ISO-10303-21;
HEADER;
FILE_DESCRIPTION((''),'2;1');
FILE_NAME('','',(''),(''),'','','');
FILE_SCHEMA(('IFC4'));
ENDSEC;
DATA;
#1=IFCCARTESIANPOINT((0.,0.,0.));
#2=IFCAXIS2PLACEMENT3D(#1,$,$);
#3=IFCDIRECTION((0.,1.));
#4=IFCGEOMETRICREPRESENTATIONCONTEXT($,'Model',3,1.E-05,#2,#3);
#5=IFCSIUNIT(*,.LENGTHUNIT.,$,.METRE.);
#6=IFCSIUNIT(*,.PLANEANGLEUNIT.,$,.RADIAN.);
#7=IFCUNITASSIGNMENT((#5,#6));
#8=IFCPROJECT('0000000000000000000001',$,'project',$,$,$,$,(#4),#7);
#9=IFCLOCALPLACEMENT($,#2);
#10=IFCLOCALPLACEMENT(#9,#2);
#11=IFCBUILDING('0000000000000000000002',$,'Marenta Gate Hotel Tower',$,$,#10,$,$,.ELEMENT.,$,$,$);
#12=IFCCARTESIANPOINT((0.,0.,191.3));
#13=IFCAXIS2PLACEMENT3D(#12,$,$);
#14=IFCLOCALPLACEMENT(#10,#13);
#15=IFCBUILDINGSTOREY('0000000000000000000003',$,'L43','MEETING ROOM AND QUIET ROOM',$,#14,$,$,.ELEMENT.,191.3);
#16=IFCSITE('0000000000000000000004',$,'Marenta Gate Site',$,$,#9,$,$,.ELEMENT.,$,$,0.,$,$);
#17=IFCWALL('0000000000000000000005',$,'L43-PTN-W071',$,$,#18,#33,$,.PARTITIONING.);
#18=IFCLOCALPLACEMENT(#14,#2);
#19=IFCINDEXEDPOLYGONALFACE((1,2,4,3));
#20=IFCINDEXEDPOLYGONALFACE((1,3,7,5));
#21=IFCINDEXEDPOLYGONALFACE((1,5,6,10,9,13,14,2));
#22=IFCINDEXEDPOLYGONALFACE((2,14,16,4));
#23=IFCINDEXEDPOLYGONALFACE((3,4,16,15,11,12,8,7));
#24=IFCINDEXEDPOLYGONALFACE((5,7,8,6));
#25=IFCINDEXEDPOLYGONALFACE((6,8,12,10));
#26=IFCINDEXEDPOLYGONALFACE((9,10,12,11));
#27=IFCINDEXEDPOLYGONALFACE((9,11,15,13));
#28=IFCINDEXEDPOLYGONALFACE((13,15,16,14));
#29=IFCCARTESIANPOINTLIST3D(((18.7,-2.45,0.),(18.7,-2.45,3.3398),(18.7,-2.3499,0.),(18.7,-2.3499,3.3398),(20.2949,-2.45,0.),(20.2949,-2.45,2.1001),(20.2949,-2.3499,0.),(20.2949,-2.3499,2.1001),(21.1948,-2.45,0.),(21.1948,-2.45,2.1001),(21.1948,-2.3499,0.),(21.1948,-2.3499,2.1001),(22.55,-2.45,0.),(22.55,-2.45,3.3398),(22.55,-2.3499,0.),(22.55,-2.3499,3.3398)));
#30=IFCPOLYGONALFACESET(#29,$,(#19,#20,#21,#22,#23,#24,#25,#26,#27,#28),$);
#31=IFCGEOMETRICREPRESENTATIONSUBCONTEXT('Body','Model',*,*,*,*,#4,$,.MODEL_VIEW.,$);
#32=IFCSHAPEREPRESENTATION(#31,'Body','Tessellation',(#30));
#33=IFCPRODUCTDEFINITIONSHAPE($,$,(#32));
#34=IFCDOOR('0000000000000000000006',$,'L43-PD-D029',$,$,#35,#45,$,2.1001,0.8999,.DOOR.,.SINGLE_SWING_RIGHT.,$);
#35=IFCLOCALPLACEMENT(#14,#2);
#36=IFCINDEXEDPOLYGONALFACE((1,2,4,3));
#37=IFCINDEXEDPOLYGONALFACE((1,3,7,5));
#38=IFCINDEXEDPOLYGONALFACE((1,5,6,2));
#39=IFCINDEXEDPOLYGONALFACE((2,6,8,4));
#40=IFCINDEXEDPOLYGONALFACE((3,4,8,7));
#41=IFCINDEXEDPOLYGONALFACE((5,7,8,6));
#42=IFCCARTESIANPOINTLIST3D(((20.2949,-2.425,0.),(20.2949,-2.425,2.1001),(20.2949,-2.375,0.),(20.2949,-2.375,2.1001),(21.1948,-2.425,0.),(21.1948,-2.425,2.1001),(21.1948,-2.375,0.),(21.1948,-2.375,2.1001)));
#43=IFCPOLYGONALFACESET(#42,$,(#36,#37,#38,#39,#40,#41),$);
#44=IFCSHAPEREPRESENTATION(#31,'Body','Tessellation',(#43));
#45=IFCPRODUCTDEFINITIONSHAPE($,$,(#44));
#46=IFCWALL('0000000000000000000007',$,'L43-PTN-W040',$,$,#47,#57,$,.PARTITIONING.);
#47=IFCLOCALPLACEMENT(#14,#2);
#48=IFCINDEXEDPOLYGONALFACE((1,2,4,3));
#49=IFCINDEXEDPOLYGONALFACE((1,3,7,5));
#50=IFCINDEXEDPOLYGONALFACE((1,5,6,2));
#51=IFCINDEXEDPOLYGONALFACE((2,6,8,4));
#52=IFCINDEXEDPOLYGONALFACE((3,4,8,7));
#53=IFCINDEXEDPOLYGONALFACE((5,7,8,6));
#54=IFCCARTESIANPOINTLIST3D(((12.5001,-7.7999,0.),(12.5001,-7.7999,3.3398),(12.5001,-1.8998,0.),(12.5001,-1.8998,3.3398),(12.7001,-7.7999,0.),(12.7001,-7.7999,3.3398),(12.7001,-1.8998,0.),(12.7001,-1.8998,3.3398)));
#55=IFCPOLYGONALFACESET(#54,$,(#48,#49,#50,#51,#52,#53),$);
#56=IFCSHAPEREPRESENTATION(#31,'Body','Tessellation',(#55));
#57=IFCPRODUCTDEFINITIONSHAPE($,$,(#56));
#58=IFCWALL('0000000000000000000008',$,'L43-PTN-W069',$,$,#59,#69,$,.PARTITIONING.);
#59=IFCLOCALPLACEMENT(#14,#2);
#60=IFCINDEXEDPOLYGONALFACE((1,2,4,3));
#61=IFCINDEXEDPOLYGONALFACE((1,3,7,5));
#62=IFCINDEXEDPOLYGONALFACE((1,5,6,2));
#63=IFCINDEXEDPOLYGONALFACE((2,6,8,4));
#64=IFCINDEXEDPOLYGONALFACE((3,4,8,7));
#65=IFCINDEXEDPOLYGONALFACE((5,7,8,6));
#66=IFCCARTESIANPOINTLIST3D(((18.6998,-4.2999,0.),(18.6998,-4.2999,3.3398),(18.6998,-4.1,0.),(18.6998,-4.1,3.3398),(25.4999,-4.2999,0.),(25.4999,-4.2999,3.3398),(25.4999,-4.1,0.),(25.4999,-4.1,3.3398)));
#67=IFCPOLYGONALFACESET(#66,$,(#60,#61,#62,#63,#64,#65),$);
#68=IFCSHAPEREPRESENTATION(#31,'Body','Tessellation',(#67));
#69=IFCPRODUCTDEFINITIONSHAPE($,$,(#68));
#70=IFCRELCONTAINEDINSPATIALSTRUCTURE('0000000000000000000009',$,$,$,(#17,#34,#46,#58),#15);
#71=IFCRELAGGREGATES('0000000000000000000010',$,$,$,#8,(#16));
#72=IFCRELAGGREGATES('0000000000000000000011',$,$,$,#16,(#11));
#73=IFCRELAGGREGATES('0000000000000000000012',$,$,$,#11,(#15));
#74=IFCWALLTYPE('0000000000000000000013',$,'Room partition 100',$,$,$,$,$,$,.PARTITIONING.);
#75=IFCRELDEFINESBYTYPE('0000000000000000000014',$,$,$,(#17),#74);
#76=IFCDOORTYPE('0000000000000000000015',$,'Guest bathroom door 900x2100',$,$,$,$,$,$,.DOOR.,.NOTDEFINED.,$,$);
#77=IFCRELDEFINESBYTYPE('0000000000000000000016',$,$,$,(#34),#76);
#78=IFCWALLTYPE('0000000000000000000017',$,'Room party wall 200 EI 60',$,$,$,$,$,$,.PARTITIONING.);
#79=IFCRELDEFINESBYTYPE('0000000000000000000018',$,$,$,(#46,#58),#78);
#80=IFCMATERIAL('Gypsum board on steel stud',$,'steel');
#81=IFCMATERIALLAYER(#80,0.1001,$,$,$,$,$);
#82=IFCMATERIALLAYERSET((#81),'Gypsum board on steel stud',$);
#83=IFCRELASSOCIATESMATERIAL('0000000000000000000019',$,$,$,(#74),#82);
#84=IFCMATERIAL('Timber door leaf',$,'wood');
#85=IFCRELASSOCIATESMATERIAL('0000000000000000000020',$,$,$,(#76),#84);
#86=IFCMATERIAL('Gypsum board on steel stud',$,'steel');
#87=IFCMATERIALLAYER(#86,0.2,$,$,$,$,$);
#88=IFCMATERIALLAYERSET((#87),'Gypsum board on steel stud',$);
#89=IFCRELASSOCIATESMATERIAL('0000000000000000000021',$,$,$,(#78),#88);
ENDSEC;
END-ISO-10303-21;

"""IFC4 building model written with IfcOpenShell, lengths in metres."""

from ifc_helpers import new_model, si_unit, direction, frame, frame_2d, origin, place, context, subcontext, project, spatial, rectangle, extrude, material, layer, layer_set, type_object, element, fill, save


model = new_model("IFC4")

# Units and contexts
model_context = context("Model", 3, precision=1e-05, world=origin(), true_north=direction((0.0, 1.0)))
body_context = subcontext(model_context, "Body", "Model", "MODEL_VIEW")
ifc_project = project(units=[si_unit("LENGTHUNIT", "METRE"), si_unit("PLANEANGLEUNIT", "RADIAN")], contexts=[model_context])

# Site, building, storey
site_placement = place(None, origin())
site = spatial("IfcSite", under=ifc_project, at=site_placement, Name="Marenta Gate Site", CompositionType="ELEMENT", RefElevation=0.0)
building_placement = place(site_placement, origin())
building = spatial("IfcBuilding", under=site, at=building_placement, Name="Marenta Gate Hotel Tower", CompositionType="ELEMENT")
storey_placement = place(building_placement, frame((0.0, 0.0, 191.3)))
storey = spatial("IfcBuildingStorey", under=building, at=storey_placement, Name="L43", Description="MEETING ROOM AND QUIET ROOM", CompositionType="ELEMENT", Elevation=191.3)

# Shared definitions
ifc_material_1 = material(Name="Gypsum board on steel stud", Category="steel")
ifc_layer_1 = layer(ifc_material_1, 0.1001)
ifc_layer_set_1 = layer_set([ifc_layer_1], Name="Gypsum board on steel stud")
wall_type_1 = type_object("IfcWallType", Name="Room partition 100", PredefinedType="PARTITIONING", material=ifc_layer_set_1)

# Wall, opening, door
wall_1_placement = place(storey_placement, frame((18.7, -2.3999, 0.0), z_axis=(0.0, 0.0, 1.0), x_axis=(1.0, 0.0, 0.0)))
wall_1 = element("IfcWall", 1, at=wall_1_placement, inside=storey, type_object=wall_type_1, Name="L43-PTN-W071", PredefinedType="PARTITIONING", context=body_context, shape_type="SweptSolid", body=[
    extrude(rectangle(XDim=3.8501, YDim=0.1001, at=frame_2d((1.925, 0.0))), origin(), (0.0, 0.0, 1.0), 3.3398),
])
opening_placement = place(wall_1_placement, frame((1.595, 0.0, 0.0)))
opening = element("IfcOpeningElement", 2, at=opening_placement, cuts=wall_1, PredefinedType="OPENING", context=body_context, shape_type="SweptSolid", body=[
    extrude(rectangle(XDim=0.8999, YDim=2.1001, at=frame_2d((0.45, 1.05))), frame((0.0, 0.05, 0.0), z_axis=(0.0, -1.0, 0.0), x_axis=(1.0, 0.0, 0.0)), (0.0, 0.0, 1.0), 0.1001),
])
ifc_material_2 = material(Name="Timber door leaf", Category="wood")
door_type = type_object("IfcDoorType", Name="Guest bathroom door 900x2100", OperationType="NOTDEFINED", PredefinedType="DOOR", material=ifc_material_2)
door_placement = place(opening_placement, origin())
door = element("IfcDoor", 3, at=door_placement, inside=storey, type_object=door_type, Name="L43-PD-D029", OperationType="SINGLE_SWING_RIGHT", OverallHeight=2.1001, OverallWidth=0.8999, PredefinedType="DOOR", context=body_context, shape_type="SweptSolid", body=[
    extrude(rectangle(XDim=0.8999, YDim=2.1001, at=frame_2d((0.45, 1.05))), frame((0.0, 0.0249, 0.0), z_axis=(0.0, -1.0, 0.0), x_axis=(1.0, 0.0, 0.0)), (0.0, 0.0, 1.0), 0.05),
])
fill(opening, door)

# Walls
ifc_material_3 = material(Name="Gypsum board on steel stud", Category="steel")
ifc_layer_2 = layer(ifc_material_3, 0.2)
ifc_layer_set_2 = layer_set([ifc_layer_2], Name="Gypsum board on steel stud")
wall_type_2 = type_object("IfcWallType", Name="Room party wall 200 EI 60", PredefinedType="PARTITIONING", material=ifc_layer_set_2)
wall_2_placement = place(storey_placement, frame((12.6001, -7.8, 0.0), z_axis=(0.0, 0.0, 1.0), x_axis=(0.0, 1.0, 0.0)))
element("IfcWall", 4, at=wall_2_placement, inside=storey, type_object=wall_type_2, Name="L43-PTN-W040", PredefinedType="PARTITIONING", context=body_context, shape_type="SweptSolid", body=[
    extrude(rectangle(XDim=5.9001, YDim=0.2, at=frame_2d((2.9502, 0.0))), origin(), (0.0, 0.0, 1.0), 3.3398),
])
wall_3_placement = place(storey_placement, frame((18.7, -4.2, 0.0), z_axis=(0.0, 0.0, 1.0), x_axis=(1.0, 0.0, 0.0)))
element("IfcWall", 5, at=wall_3_placement, inside=storey, type_object=wall_type_2, Name="L43-PTN-W069", PredefinedType="PARTITIONING", context=body_context, shape_type="SweptSolid", body=[
    extrude(rectangle(XDim=6.8, YDim=0.2, at=frame_2d((3.3999, 0.0))), origin(), (0.0, 0.0, 1.0), 3.3398),
])

save(model, "model.ifc")
